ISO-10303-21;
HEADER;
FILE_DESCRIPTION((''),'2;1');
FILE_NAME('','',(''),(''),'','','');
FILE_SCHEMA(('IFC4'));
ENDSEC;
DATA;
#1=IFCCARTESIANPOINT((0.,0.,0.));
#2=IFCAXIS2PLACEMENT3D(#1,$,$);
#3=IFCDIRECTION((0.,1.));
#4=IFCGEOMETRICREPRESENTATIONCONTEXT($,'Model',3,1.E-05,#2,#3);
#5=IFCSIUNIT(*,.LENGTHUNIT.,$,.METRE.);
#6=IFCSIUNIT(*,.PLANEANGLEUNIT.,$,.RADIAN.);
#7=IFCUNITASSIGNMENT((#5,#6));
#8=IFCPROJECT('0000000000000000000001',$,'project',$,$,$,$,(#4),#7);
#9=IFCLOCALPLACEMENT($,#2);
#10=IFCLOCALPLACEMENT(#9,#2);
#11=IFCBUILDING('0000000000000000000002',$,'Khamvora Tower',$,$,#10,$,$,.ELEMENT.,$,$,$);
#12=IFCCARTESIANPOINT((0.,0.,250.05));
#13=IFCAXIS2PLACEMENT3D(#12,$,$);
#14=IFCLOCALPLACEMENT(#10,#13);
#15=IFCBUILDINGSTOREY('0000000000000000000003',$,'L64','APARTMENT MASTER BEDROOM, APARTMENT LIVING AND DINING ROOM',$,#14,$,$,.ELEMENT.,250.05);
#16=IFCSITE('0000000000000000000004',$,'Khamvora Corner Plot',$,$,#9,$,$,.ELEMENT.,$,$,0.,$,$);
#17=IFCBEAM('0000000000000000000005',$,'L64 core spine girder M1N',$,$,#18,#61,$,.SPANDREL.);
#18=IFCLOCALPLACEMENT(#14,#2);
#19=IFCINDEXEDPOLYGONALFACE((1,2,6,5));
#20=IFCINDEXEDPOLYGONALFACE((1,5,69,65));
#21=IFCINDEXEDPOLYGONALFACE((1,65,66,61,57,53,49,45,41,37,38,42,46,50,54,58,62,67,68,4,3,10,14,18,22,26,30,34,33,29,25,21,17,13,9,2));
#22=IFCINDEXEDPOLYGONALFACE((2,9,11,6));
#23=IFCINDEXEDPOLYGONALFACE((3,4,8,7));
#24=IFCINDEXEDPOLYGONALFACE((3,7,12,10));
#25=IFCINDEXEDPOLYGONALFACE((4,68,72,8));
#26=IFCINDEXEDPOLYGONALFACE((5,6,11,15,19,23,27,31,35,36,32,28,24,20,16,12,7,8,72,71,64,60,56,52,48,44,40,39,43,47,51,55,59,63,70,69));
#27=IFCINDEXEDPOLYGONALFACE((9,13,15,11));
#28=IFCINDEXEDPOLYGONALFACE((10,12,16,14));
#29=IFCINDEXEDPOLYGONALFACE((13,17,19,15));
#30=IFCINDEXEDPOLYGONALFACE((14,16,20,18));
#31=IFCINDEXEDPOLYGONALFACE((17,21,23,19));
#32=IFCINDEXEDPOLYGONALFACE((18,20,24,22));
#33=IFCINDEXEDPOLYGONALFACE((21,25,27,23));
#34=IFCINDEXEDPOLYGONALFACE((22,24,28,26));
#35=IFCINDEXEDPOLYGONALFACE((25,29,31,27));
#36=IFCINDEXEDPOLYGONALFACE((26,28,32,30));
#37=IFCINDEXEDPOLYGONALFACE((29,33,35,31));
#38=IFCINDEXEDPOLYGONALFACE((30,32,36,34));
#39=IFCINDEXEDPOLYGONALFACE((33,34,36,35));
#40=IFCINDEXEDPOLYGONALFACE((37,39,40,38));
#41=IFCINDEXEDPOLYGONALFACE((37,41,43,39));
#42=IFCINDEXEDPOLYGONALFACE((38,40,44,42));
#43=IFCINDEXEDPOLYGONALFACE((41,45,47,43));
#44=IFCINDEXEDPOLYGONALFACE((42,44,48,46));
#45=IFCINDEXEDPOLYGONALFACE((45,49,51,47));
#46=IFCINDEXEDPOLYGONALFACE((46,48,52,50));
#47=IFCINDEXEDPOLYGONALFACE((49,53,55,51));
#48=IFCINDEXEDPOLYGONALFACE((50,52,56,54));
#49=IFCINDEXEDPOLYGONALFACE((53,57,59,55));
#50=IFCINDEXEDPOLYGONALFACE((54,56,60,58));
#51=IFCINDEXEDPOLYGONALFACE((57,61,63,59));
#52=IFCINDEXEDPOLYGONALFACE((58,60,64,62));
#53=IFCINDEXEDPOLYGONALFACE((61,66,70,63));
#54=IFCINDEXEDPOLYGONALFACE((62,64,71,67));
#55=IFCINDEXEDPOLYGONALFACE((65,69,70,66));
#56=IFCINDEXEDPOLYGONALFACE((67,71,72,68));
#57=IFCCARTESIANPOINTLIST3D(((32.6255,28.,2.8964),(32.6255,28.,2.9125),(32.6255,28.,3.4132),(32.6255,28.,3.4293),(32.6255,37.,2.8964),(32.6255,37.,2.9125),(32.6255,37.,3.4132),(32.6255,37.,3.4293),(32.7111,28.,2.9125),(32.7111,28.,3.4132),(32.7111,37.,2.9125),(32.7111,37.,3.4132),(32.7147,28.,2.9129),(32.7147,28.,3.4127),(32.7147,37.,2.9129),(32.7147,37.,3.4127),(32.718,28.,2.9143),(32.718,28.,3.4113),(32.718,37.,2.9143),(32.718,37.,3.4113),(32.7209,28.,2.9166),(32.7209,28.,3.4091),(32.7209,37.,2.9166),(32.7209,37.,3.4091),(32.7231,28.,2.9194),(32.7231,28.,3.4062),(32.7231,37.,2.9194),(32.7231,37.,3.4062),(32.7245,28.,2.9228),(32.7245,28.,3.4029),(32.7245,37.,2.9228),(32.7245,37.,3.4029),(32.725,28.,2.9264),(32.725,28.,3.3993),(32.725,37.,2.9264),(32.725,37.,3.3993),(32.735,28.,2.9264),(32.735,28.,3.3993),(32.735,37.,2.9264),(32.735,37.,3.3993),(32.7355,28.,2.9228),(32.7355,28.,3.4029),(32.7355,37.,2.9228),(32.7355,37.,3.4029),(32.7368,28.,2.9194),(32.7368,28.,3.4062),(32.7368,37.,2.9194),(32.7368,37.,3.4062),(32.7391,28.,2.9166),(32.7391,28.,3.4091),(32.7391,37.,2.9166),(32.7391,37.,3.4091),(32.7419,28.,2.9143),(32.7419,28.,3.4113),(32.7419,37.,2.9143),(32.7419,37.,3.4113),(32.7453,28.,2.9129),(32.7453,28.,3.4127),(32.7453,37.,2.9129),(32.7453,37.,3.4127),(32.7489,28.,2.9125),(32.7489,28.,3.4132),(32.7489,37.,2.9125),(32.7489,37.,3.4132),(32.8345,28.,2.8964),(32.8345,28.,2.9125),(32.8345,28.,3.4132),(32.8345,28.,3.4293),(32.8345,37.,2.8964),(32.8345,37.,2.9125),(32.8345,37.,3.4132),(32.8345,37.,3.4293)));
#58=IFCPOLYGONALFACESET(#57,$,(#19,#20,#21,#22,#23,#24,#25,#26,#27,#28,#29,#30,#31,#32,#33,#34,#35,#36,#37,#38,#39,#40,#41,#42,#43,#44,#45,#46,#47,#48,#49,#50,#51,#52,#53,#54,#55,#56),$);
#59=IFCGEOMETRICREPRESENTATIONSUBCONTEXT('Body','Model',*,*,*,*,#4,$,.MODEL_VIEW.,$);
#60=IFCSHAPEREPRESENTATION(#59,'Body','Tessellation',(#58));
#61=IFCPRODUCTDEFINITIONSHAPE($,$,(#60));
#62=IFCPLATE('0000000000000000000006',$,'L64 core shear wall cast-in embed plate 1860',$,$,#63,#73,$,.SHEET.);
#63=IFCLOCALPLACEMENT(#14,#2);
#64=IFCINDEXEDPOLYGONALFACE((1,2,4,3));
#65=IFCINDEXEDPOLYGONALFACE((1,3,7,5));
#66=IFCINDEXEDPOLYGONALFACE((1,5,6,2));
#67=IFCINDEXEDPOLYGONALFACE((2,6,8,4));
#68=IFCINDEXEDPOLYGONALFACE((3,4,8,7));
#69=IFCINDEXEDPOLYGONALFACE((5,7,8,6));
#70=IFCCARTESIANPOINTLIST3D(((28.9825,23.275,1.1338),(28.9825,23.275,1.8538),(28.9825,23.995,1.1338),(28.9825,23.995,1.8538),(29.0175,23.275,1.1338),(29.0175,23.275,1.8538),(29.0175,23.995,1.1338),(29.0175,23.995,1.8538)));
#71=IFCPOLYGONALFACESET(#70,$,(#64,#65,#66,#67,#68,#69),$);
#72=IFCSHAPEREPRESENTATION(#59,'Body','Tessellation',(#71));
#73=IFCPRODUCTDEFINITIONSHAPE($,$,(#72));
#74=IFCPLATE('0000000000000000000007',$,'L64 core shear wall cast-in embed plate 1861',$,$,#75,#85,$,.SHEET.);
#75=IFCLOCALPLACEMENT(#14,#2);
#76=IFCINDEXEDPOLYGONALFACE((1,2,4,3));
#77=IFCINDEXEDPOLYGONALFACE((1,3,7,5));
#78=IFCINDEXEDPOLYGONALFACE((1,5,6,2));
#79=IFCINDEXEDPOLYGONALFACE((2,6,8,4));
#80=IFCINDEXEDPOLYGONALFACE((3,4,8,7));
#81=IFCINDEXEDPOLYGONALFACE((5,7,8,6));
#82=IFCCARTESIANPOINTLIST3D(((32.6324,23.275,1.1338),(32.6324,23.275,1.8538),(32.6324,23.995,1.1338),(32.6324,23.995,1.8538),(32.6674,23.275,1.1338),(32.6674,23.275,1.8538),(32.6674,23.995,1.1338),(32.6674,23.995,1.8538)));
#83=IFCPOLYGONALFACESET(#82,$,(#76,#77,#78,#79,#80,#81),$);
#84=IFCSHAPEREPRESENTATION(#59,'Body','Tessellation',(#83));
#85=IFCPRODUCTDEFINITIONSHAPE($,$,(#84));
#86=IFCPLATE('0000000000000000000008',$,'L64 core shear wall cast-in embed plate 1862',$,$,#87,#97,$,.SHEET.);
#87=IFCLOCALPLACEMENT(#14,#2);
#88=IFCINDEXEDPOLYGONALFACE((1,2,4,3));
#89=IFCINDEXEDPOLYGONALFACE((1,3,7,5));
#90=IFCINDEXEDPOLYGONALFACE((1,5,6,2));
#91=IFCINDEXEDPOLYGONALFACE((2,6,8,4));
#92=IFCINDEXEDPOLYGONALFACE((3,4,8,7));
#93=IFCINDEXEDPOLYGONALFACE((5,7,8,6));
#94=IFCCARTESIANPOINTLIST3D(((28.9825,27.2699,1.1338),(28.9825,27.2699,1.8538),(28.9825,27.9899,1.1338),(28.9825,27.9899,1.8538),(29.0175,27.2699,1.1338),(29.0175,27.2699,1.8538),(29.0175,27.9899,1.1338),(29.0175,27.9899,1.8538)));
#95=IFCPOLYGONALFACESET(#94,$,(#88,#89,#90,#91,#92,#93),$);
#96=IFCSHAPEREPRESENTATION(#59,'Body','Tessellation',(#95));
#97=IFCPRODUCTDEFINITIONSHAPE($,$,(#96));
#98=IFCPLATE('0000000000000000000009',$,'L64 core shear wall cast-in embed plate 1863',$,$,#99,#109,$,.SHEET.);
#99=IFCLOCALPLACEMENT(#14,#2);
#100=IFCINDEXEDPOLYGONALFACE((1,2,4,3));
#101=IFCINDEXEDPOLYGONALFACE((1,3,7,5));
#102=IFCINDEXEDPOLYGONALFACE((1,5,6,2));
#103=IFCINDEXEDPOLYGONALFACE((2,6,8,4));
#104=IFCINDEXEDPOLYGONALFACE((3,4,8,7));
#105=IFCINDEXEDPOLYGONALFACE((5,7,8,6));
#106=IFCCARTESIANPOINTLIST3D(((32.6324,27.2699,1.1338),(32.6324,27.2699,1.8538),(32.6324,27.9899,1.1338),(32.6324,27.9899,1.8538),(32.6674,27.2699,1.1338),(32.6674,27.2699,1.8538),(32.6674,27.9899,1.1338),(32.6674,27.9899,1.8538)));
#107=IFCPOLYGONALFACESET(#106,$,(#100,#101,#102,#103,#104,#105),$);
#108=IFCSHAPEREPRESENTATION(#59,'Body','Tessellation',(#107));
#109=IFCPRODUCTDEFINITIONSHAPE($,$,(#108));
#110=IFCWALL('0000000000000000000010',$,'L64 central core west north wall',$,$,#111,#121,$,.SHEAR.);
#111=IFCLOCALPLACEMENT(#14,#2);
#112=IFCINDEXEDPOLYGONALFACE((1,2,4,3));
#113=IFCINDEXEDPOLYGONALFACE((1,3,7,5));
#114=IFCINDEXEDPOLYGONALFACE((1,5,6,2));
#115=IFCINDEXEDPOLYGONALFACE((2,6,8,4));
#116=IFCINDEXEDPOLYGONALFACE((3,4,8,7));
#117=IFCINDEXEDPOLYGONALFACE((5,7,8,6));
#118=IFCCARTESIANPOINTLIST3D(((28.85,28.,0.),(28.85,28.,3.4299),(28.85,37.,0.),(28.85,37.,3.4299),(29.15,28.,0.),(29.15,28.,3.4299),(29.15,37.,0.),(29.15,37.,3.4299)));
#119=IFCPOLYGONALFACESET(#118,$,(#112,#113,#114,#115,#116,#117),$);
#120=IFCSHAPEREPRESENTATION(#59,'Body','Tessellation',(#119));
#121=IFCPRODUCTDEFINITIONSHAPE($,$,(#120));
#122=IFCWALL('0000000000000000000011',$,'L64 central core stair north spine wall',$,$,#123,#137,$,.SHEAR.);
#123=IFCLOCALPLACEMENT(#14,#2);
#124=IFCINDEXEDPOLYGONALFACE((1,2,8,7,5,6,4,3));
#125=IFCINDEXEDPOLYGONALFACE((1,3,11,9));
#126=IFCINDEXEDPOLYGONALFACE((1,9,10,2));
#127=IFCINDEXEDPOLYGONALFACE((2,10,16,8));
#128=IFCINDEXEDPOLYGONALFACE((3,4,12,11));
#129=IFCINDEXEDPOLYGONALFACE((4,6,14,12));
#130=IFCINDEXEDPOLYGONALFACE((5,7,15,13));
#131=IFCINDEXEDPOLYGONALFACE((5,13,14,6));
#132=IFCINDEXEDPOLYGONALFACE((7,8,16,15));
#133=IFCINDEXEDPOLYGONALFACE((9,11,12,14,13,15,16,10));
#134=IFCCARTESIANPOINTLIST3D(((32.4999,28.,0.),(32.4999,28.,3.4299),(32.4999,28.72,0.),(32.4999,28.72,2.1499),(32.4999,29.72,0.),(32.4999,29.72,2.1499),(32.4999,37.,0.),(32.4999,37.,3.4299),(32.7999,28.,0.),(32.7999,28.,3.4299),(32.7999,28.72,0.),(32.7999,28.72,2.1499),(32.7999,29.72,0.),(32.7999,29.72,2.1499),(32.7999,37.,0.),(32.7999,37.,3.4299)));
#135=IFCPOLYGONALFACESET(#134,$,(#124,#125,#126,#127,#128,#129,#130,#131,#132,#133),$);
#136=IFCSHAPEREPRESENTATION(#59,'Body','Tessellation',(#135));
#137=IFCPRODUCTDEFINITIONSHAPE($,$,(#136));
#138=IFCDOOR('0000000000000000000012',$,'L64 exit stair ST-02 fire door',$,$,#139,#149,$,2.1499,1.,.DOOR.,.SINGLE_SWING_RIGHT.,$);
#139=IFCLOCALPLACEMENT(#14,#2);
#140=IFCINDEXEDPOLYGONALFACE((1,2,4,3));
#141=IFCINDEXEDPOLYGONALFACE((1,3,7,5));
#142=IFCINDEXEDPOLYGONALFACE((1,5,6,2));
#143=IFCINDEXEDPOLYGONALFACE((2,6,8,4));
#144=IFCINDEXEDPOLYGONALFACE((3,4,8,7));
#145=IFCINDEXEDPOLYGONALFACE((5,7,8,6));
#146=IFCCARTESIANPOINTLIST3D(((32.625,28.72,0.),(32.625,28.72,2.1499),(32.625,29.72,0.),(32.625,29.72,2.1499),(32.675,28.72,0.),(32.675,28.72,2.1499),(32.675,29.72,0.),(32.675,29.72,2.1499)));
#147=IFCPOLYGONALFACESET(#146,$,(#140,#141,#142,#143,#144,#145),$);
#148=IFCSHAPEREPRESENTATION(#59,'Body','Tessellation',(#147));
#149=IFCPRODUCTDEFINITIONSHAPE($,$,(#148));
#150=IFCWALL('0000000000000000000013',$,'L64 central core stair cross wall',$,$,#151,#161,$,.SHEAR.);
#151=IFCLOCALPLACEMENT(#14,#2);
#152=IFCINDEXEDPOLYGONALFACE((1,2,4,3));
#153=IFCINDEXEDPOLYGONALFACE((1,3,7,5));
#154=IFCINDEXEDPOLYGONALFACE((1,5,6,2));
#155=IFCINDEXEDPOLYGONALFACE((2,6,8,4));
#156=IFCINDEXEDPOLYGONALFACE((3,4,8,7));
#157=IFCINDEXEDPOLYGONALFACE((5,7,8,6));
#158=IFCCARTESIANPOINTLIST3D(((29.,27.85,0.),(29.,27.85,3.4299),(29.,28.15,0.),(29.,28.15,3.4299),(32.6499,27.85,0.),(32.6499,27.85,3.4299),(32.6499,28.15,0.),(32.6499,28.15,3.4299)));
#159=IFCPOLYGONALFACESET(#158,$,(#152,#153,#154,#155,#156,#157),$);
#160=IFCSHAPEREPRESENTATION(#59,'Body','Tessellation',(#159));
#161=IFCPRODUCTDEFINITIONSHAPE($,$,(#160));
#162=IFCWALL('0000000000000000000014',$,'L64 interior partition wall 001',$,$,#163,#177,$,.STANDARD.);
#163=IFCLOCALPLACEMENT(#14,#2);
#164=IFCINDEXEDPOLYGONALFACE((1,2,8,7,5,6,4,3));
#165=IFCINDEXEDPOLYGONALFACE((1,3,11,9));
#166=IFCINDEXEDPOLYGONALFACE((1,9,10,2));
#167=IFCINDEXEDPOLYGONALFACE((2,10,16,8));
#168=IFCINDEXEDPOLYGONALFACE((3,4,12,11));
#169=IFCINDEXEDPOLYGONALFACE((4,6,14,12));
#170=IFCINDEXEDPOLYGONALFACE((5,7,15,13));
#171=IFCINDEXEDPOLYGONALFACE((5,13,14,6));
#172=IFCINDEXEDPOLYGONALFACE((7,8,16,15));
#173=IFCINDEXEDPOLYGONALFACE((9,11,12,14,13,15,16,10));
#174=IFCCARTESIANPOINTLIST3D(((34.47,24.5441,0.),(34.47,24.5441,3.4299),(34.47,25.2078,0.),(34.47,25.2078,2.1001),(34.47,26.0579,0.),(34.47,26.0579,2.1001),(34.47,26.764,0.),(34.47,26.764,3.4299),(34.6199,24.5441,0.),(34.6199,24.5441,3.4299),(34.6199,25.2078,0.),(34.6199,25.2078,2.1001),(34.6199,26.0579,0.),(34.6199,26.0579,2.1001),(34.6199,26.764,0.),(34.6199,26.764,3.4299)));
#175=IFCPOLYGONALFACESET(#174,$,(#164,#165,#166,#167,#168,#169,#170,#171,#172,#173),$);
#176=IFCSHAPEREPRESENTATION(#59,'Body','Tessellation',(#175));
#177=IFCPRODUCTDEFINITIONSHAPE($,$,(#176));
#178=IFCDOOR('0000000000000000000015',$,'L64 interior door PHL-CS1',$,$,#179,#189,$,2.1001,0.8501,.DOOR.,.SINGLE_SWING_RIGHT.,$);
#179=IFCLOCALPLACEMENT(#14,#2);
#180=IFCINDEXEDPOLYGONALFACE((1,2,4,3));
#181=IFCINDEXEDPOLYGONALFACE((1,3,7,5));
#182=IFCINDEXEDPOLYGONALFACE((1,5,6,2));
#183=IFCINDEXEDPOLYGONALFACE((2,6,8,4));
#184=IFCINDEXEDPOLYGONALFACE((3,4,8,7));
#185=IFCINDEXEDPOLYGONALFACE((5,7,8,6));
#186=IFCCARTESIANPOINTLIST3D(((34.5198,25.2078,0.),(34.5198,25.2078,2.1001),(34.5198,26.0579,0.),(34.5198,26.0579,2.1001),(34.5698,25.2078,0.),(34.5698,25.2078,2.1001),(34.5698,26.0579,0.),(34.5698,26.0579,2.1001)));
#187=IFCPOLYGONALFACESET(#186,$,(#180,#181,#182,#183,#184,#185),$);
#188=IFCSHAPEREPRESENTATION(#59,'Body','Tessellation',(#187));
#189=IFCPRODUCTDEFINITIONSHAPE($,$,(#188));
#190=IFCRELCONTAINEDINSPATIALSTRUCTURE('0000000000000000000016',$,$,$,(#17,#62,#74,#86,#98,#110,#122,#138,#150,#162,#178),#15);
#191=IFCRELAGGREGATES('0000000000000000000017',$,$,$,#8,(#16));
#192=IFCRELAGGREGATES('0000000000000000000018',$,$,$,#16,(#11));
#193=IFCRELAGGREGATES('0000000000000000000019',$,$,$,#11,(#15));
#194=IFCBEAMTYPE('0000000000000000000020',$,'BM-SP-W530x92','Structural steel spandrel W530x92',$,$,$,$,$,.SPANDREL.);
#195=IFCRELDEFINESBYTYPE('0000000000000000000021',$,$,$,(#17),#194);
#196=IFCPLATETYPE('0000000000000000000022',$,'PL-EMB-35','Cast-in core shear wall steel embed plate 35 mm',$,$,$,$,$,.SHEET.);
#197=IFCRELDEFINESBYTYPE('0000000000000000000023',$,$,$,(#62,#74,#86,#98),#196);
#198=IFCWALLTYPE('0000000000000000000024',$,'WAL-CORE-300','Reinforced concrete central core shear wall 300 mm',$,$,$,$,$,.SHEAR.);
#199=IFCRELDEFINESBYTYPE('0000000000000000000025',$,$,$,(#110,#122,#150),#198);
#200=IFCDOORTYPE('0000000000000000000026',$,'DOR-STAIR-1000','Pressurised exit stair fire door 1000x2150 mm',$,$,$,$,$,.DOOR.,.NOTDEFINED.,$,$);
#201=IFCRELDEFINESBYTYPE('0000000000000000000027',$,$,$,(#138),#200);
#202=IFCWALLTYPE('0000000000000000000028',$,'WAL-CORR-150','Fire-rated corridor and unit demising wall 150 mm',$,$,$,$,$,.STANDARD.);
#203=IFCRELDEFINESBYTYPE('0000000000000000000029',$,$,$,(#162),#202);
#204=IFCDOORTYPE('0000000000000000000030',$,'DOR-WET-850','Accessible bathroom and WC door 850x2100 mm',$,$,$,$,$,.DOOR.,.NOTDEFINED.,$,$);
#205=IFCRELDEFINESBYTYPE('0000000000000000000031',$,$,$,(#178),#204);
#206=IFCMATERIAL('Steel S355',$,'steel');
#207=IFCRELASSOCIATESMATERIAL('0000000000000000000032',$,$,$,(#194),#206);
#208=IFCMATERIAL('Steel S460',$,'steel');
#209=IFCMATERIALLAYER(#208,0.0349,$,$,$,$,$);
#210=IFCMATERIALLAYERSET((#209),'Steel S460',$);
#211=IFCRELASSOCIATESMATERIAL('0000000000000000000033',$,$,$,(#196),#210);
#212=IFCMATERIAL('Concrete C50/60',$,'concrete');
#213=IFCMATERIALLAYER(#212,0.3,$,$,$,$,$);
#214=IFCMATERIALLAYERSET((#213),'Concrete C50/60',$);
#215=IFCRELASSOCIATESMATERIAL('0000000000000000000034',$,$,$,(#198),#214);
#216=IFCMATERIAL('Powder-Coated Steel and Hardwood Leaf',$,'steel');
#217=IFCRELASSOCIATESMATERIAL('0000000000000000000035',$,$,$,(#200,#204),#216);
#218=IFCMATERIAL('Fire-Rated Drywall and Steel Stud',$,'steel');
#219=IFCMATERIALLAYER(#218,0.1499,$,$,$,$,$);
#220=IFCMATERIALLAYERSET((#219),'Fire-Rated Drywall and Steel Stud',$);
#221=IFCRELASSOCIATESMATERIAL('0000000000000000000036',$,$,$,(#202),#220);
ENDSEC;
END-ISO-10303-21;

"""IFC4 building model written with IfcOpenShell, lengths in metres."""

from ifc_helpers import new_model, si_unit, direction, frame, frame_2d, origin, origin_2d, place, context, subcontext, project, spatial, rectangle, i_section, extrude, material, layer, layer_set, material_profile, profile_set, type_object, element, fill, save


model = new_model("IFC4")

# Units and contexts
model_context = context("Model", 3, precision=1e-05, world=origin(), true_north=direction((0.0, 1.0)))
body_context = subcontext(model_context, "Body", "Model", "MODEL_VIEW")
ifc_project = project(units=[si_unit("LENGTHUNIT", "METRE"), si_unit("PLANEANGLEUNIT", "RADIAN")], contexts=[model_context])

# Site, building, storey
site_placement = place(None, origin())
site = spatial("IfcSite", under=ifc_project, at=site_placement, Name="Khamvora Corner Plot", CompositionType="ELEMENT", RefElevation=0.0)
building_placement = place(site_placement, origin())
building = spatial("IfcBuilding", under=site, at=building_placement, Name="Khamvora Tower", CompositionType="ELEMENT")
storey_placement = place(building_placement, frame((0.0, 0.0, 250.05)))
storey = spatial("IfcBuildingStorey", under=building, at=storey_placement, Name="L64", Description="APARTMENT MASTER BEDROOM, APARTMENT LIVING AND DINING ROOM", CompositionType="ELEMENT", Elevation=250.05)

# Beam
ifc_material_1 = material(Name="Steel S355", Category="steel")
ifc_material_profile_1 = material_profile(ifc_material_1, i_section(OverallWidth=0.209, OverallDepth=0.533, WebThickness=0.01, FlangeThickness=0.0161, FilletRadius=0.0139, at=origin_2d()), Name="W530x92")
ifc_profile_set_1 = profile_set([ifc_material_profile_1], Name="Steel S355")
beam_type_1 = type_object("IfcBeamType", Name="BM-SP-W530x92", Description="Structural steel spandrel W530x92", PredefinedType="SPANDREL", material=ifc_profile_set_1)
beam_1_placement = place(storey_placement, frame((32.73, 28.0, 3.1628), z_axis=(0.0, 1.0, 0.0), x_axis=(-1.0, 0.0, 0.0)))
element("IfcBeam", 1, at=beam_1_placement, inside=storey, type_object=beam_type_1, Name="L64 core spine girder M1N", PredefinedType="SPANDREL", context=body_context, shape_type="SweptSolid", body=[
    extrude(i_section(OverallWidth=0.209, OverallDepth=0.533, WebThickness=0.01, FlangeThickness=0.0161, FilletRadius=0.0139, at=origin_2d()), origin(), (0.0, 0.0, 1.0), 9.0),
])

# Plates
ifc_material_2 = material(Name="Steel S460", Category="steel")
ifc_layer_1 = layer(ifc_material_2, 0.0349)
ifc_layer_set_1 = layer_set([ifc_layer_1], Name="Steel S460")
plate_type = type_object("IfcPlateType", Name="PL-EMB-35", Description="Cast-in core shear wall steel embed plate 35 mm", PredefinedType="SHEET", material=ifc_layer_set_1)
for number, where, z_axis, x_axis, name in (
    (2, (29.0, 23.635, 1.1338), (0.0, 0.0, 1.0), (1.0, 0.0, 0.0), "L64 core shear wall cast-in embed plate 1860"),
    (3, (32.6499, 23.635, 1.1338), (0.0, 0.0, 1.0), (1.0, 0.0, 0.0), "L64 core shear wall cast-in embed plate 1861"),
    (4, (29.0, 27.6299, 1.1338), (0.0, 0.0, 1.0), (1.0, 0.0, 0.0), "L64 core shear wall cast-in embed plate 1862"),
    (5, (32.6499, 27.6299, 1.1338), (0.0, 0.0, 1.0), (1.0, 0.0, 0.0), "L64 core shear wall cast-in embed plate 1863"),
):
    element("IfcPlate", number, at=place(storey_placement, frame(where, z_axis=z_axis, x_axis=x_axis)), inside=storey, type_object=plate_type, Name=name, PredefinedType="SHEET", context=body_context, shape_type="SweptSolid", body=[
        extrude(rectangle(XDim=0.0349, YDim=0.72, at=origin_2d()), origin(), (0.0, 0.0, 1.0), 0.72),
    ])

# Wall
ifc_material_3 = material(Name="Concrete C50/60", Category="concrete")
ifc_layer_2 = layer(ifc_material_3, 0.3)
ifc_layer_set_2 = layer_set([ifc_layer_2], Name="Concrete C50/60")
wall_type_1 = type_object("IfcWallType", Name="WAL-CORE-300", Description="Reinforced concrete central core shear wall 300 mm", PredefinedType="SHEAR", material=ifc_layer_set_2)
wall_1_placement = place(storey_placement, frame((29.0, 28.0, 0.0), z_axis=(0.0, 0.0, 1.0), x_axis=(0.0, 1.0, 0.0)))
element("IfcWall", 6, at=wall_1_placement, inside=storey, type_object=wall_type_1, Name="L64 central core west north wall", PredefinedType="SHEAR", context=body_context, shape_type="SweptSolid", body=[
    extrude(rectangle(XDim=9.0, YDim=0.3, at=frame_2d((4.5, 0.0))), origin(), (0.0, 0.0, 1.0), 3.4299),
])

# Wall, opening, door
wall_2_placement = place(storey_placement, frame((32.6499, 28.0, 0.0), z_axis=(0.0, 0.0, 1.0), x_axis=(0.0, 1.0, 0.0)))
wall_2 = element("IfcWall", 7, at=wall_2_placement, inside=storey, type_object=wall_type_1, Name="L64 central core stair north spine wall", PredefinedType="SHEAR", context=body_context, shape_type="SweptSolid", body=[
    extrude(rectangle(XDim=9.0, YDim=0.3, at=frame_2d((4.5, 0.0))), origin(), (0.0, 0.0, 1.0), 3.4299),
])
opening_1_placement = place(wall_2_placement, frame((0.72, 0.0, 0.0)))
opening_1 = element("IfcOpeningElement", 8, at=opening_1_placement, cuts=wall_2, PredefinedType="OPENING", context=body_context, shape_type="SweptSolid", body=[
    extrude(rectangle(XDim=1.0, YDim=2.1499, at=frame_2d((0.5, 1.075))), frame((0.0, 0.1599, 0.0), z_axis=(0.0, -1.0, 0.0), x_axis=(1.0, 0.0, 0.0)), (0.0, 0.0, 1.0), 0.3201),
])
ifc_material_4 = material(Name="Powder-Coated Steel and Hardwood Leaf", Category="steel")
door_type_1 = type_object("IfcDoorType", Name="DOR-STAIR-1000", Description="Pressurised exit stair fire door 1000x2150 mm", OperationType="NOTDEFINED", PredefinedType="DOOR", material=ifc_material_4)
door_1_placement = place(opening_1_placement, origin())
door_1 = element("IfcDoor", 9, at=door_1_placement, inside=storey, type_object=door_type_1, Name="L64 exit stair ST-02 fire door", OperationType="SINGLE_SWING_RIGHT", OverallHeight=2.1499, OverallWidth=1.0, PredefinedType="DOOR", context=body_context, shape_type="SweptSolid", body=[
    extrude(rectangle(XDim=1.0, YDim=2.1499, at=frame_2d((0.5, 1.075))), frame((0.0, 0.0249, 0.0), z_axis=(0.0, -1.0, 0.0), x_axis=(1.0, 0.0, 0.0)), (0.0, 0.0, 1.0), 0.05),
])
fill(opening_1, door_1)

# Wall
wall_3_placement = place(storey_placement, frame((29.0, 28.0, 0.0), z_axis=(0.0, 0.0, 1.0), x_axis=(1.0, 0.0, 0.0)))
element("IfcWall", 10, at=wall_3_placement, inside=storey, type_object=wall_type_1, Name="L64 central core stair cross wall", PredefinedType="SHEAR", context=body_context, shape_type="SweptSolid", body=[
    extrude(rectangle(XDim=3.6499, YDim=0.3, at=frame_2d((1.825, 0.0))), origin(), (0.0, 0.0, 1.0), 3.4299),
])

# Wall, opening, door
ifc_material_5 = material(Name="Fire-Rated Drywall and Steel Stud", Category="steel")
ifc_layer_3 = layer(ifc_material_5, 0.1499)
ifc_layer_set_3 = layer_set([ifc_layer_3], Name="Fire-Rated Drywall and Steel Stud")
wall_type_2 = type_object("IfcWallType", Name="WAL-CORR-150", Description="Fire-rated corridor and unit demising wall 150 mm", PredefinedType="STANDARD", material=ifc_layer_set_3)
wall_4_placement = place(storey_placement, frame((34.5449, 26.7639, 0.0), z_axis=(0.0, 0.0, 1.0), x_axis=(0.0, -1.0, 0.0)))
wall_4 = element("IfcWall", 11, at=wall_4_placement, inside=storey, type_object=wall_type_2, Name="L64 interior partition wall 001", PredefinedType="STANDARD", context=body_context, shape_type="SweptSolid", body=[
    extrude(rectangle(XDim=2.22, YDim=0.1499, at=frame_2d((1.1099, 0.0))), origin(), (0.0, 0.0, 1.0), 3.4299),
])
opening_2_placement = place(wall_4_placement, frame((0.7061, 0.0, 0.0)))
opening_2 = element("IfcOpeningElement", 12, at=opening_2_placement, cuts=wall_4, PredefinedType="OPENING", context=body_context, shape_type="SweptSolid", body=[
    extrude(rectangle(XDim=0.8501, YDim=2.1001, at=frame_2d((0.425, 1.05))), frame((0.0, 0.085, 0.0), z_axis=(0.0, -1.0, 0.0), x_axis=(1.0, 0.0, 0.0)), (0.0, 0.0, 1.0), 0.1699),
])
door_type_2 = type_object("IfcDoorType", Name="DOR-WET-850", Description="Accessible bathroom and WC door 850x2100 mm", OperationType="NOTDEFINED", PredefinedType="DOOR", material=ifc_material_4)
door_2_placement = place(opening_2_placement, origin())
door_2 = element("IfcDoor", 13, at=door_2_placement, inside=storey, type_object=door_type_2, Name="L64 interior door PHL-CS1", OperationType="SINGLE_SWING_RIGHT", OverallHeight=2.1001, OverallWidth=0.8501, PredefinedType="DOOR", context=body_context, shape_type="SweptSolid", body=[
    extrude(rectangle(XDim=0.8501, YDim=2.1001, at=frame_2d((0.425, 1.05))), frame((0.0, 0.0249, 0.0), z_axis=(0.0, -1.0, 0.0), x_axis=(1.0, 0.0, 0.0)), (0.0, 0.0, 1.0), 0.05),
])
fill(opening_2, door_2)

save(model, "model.ifc")
